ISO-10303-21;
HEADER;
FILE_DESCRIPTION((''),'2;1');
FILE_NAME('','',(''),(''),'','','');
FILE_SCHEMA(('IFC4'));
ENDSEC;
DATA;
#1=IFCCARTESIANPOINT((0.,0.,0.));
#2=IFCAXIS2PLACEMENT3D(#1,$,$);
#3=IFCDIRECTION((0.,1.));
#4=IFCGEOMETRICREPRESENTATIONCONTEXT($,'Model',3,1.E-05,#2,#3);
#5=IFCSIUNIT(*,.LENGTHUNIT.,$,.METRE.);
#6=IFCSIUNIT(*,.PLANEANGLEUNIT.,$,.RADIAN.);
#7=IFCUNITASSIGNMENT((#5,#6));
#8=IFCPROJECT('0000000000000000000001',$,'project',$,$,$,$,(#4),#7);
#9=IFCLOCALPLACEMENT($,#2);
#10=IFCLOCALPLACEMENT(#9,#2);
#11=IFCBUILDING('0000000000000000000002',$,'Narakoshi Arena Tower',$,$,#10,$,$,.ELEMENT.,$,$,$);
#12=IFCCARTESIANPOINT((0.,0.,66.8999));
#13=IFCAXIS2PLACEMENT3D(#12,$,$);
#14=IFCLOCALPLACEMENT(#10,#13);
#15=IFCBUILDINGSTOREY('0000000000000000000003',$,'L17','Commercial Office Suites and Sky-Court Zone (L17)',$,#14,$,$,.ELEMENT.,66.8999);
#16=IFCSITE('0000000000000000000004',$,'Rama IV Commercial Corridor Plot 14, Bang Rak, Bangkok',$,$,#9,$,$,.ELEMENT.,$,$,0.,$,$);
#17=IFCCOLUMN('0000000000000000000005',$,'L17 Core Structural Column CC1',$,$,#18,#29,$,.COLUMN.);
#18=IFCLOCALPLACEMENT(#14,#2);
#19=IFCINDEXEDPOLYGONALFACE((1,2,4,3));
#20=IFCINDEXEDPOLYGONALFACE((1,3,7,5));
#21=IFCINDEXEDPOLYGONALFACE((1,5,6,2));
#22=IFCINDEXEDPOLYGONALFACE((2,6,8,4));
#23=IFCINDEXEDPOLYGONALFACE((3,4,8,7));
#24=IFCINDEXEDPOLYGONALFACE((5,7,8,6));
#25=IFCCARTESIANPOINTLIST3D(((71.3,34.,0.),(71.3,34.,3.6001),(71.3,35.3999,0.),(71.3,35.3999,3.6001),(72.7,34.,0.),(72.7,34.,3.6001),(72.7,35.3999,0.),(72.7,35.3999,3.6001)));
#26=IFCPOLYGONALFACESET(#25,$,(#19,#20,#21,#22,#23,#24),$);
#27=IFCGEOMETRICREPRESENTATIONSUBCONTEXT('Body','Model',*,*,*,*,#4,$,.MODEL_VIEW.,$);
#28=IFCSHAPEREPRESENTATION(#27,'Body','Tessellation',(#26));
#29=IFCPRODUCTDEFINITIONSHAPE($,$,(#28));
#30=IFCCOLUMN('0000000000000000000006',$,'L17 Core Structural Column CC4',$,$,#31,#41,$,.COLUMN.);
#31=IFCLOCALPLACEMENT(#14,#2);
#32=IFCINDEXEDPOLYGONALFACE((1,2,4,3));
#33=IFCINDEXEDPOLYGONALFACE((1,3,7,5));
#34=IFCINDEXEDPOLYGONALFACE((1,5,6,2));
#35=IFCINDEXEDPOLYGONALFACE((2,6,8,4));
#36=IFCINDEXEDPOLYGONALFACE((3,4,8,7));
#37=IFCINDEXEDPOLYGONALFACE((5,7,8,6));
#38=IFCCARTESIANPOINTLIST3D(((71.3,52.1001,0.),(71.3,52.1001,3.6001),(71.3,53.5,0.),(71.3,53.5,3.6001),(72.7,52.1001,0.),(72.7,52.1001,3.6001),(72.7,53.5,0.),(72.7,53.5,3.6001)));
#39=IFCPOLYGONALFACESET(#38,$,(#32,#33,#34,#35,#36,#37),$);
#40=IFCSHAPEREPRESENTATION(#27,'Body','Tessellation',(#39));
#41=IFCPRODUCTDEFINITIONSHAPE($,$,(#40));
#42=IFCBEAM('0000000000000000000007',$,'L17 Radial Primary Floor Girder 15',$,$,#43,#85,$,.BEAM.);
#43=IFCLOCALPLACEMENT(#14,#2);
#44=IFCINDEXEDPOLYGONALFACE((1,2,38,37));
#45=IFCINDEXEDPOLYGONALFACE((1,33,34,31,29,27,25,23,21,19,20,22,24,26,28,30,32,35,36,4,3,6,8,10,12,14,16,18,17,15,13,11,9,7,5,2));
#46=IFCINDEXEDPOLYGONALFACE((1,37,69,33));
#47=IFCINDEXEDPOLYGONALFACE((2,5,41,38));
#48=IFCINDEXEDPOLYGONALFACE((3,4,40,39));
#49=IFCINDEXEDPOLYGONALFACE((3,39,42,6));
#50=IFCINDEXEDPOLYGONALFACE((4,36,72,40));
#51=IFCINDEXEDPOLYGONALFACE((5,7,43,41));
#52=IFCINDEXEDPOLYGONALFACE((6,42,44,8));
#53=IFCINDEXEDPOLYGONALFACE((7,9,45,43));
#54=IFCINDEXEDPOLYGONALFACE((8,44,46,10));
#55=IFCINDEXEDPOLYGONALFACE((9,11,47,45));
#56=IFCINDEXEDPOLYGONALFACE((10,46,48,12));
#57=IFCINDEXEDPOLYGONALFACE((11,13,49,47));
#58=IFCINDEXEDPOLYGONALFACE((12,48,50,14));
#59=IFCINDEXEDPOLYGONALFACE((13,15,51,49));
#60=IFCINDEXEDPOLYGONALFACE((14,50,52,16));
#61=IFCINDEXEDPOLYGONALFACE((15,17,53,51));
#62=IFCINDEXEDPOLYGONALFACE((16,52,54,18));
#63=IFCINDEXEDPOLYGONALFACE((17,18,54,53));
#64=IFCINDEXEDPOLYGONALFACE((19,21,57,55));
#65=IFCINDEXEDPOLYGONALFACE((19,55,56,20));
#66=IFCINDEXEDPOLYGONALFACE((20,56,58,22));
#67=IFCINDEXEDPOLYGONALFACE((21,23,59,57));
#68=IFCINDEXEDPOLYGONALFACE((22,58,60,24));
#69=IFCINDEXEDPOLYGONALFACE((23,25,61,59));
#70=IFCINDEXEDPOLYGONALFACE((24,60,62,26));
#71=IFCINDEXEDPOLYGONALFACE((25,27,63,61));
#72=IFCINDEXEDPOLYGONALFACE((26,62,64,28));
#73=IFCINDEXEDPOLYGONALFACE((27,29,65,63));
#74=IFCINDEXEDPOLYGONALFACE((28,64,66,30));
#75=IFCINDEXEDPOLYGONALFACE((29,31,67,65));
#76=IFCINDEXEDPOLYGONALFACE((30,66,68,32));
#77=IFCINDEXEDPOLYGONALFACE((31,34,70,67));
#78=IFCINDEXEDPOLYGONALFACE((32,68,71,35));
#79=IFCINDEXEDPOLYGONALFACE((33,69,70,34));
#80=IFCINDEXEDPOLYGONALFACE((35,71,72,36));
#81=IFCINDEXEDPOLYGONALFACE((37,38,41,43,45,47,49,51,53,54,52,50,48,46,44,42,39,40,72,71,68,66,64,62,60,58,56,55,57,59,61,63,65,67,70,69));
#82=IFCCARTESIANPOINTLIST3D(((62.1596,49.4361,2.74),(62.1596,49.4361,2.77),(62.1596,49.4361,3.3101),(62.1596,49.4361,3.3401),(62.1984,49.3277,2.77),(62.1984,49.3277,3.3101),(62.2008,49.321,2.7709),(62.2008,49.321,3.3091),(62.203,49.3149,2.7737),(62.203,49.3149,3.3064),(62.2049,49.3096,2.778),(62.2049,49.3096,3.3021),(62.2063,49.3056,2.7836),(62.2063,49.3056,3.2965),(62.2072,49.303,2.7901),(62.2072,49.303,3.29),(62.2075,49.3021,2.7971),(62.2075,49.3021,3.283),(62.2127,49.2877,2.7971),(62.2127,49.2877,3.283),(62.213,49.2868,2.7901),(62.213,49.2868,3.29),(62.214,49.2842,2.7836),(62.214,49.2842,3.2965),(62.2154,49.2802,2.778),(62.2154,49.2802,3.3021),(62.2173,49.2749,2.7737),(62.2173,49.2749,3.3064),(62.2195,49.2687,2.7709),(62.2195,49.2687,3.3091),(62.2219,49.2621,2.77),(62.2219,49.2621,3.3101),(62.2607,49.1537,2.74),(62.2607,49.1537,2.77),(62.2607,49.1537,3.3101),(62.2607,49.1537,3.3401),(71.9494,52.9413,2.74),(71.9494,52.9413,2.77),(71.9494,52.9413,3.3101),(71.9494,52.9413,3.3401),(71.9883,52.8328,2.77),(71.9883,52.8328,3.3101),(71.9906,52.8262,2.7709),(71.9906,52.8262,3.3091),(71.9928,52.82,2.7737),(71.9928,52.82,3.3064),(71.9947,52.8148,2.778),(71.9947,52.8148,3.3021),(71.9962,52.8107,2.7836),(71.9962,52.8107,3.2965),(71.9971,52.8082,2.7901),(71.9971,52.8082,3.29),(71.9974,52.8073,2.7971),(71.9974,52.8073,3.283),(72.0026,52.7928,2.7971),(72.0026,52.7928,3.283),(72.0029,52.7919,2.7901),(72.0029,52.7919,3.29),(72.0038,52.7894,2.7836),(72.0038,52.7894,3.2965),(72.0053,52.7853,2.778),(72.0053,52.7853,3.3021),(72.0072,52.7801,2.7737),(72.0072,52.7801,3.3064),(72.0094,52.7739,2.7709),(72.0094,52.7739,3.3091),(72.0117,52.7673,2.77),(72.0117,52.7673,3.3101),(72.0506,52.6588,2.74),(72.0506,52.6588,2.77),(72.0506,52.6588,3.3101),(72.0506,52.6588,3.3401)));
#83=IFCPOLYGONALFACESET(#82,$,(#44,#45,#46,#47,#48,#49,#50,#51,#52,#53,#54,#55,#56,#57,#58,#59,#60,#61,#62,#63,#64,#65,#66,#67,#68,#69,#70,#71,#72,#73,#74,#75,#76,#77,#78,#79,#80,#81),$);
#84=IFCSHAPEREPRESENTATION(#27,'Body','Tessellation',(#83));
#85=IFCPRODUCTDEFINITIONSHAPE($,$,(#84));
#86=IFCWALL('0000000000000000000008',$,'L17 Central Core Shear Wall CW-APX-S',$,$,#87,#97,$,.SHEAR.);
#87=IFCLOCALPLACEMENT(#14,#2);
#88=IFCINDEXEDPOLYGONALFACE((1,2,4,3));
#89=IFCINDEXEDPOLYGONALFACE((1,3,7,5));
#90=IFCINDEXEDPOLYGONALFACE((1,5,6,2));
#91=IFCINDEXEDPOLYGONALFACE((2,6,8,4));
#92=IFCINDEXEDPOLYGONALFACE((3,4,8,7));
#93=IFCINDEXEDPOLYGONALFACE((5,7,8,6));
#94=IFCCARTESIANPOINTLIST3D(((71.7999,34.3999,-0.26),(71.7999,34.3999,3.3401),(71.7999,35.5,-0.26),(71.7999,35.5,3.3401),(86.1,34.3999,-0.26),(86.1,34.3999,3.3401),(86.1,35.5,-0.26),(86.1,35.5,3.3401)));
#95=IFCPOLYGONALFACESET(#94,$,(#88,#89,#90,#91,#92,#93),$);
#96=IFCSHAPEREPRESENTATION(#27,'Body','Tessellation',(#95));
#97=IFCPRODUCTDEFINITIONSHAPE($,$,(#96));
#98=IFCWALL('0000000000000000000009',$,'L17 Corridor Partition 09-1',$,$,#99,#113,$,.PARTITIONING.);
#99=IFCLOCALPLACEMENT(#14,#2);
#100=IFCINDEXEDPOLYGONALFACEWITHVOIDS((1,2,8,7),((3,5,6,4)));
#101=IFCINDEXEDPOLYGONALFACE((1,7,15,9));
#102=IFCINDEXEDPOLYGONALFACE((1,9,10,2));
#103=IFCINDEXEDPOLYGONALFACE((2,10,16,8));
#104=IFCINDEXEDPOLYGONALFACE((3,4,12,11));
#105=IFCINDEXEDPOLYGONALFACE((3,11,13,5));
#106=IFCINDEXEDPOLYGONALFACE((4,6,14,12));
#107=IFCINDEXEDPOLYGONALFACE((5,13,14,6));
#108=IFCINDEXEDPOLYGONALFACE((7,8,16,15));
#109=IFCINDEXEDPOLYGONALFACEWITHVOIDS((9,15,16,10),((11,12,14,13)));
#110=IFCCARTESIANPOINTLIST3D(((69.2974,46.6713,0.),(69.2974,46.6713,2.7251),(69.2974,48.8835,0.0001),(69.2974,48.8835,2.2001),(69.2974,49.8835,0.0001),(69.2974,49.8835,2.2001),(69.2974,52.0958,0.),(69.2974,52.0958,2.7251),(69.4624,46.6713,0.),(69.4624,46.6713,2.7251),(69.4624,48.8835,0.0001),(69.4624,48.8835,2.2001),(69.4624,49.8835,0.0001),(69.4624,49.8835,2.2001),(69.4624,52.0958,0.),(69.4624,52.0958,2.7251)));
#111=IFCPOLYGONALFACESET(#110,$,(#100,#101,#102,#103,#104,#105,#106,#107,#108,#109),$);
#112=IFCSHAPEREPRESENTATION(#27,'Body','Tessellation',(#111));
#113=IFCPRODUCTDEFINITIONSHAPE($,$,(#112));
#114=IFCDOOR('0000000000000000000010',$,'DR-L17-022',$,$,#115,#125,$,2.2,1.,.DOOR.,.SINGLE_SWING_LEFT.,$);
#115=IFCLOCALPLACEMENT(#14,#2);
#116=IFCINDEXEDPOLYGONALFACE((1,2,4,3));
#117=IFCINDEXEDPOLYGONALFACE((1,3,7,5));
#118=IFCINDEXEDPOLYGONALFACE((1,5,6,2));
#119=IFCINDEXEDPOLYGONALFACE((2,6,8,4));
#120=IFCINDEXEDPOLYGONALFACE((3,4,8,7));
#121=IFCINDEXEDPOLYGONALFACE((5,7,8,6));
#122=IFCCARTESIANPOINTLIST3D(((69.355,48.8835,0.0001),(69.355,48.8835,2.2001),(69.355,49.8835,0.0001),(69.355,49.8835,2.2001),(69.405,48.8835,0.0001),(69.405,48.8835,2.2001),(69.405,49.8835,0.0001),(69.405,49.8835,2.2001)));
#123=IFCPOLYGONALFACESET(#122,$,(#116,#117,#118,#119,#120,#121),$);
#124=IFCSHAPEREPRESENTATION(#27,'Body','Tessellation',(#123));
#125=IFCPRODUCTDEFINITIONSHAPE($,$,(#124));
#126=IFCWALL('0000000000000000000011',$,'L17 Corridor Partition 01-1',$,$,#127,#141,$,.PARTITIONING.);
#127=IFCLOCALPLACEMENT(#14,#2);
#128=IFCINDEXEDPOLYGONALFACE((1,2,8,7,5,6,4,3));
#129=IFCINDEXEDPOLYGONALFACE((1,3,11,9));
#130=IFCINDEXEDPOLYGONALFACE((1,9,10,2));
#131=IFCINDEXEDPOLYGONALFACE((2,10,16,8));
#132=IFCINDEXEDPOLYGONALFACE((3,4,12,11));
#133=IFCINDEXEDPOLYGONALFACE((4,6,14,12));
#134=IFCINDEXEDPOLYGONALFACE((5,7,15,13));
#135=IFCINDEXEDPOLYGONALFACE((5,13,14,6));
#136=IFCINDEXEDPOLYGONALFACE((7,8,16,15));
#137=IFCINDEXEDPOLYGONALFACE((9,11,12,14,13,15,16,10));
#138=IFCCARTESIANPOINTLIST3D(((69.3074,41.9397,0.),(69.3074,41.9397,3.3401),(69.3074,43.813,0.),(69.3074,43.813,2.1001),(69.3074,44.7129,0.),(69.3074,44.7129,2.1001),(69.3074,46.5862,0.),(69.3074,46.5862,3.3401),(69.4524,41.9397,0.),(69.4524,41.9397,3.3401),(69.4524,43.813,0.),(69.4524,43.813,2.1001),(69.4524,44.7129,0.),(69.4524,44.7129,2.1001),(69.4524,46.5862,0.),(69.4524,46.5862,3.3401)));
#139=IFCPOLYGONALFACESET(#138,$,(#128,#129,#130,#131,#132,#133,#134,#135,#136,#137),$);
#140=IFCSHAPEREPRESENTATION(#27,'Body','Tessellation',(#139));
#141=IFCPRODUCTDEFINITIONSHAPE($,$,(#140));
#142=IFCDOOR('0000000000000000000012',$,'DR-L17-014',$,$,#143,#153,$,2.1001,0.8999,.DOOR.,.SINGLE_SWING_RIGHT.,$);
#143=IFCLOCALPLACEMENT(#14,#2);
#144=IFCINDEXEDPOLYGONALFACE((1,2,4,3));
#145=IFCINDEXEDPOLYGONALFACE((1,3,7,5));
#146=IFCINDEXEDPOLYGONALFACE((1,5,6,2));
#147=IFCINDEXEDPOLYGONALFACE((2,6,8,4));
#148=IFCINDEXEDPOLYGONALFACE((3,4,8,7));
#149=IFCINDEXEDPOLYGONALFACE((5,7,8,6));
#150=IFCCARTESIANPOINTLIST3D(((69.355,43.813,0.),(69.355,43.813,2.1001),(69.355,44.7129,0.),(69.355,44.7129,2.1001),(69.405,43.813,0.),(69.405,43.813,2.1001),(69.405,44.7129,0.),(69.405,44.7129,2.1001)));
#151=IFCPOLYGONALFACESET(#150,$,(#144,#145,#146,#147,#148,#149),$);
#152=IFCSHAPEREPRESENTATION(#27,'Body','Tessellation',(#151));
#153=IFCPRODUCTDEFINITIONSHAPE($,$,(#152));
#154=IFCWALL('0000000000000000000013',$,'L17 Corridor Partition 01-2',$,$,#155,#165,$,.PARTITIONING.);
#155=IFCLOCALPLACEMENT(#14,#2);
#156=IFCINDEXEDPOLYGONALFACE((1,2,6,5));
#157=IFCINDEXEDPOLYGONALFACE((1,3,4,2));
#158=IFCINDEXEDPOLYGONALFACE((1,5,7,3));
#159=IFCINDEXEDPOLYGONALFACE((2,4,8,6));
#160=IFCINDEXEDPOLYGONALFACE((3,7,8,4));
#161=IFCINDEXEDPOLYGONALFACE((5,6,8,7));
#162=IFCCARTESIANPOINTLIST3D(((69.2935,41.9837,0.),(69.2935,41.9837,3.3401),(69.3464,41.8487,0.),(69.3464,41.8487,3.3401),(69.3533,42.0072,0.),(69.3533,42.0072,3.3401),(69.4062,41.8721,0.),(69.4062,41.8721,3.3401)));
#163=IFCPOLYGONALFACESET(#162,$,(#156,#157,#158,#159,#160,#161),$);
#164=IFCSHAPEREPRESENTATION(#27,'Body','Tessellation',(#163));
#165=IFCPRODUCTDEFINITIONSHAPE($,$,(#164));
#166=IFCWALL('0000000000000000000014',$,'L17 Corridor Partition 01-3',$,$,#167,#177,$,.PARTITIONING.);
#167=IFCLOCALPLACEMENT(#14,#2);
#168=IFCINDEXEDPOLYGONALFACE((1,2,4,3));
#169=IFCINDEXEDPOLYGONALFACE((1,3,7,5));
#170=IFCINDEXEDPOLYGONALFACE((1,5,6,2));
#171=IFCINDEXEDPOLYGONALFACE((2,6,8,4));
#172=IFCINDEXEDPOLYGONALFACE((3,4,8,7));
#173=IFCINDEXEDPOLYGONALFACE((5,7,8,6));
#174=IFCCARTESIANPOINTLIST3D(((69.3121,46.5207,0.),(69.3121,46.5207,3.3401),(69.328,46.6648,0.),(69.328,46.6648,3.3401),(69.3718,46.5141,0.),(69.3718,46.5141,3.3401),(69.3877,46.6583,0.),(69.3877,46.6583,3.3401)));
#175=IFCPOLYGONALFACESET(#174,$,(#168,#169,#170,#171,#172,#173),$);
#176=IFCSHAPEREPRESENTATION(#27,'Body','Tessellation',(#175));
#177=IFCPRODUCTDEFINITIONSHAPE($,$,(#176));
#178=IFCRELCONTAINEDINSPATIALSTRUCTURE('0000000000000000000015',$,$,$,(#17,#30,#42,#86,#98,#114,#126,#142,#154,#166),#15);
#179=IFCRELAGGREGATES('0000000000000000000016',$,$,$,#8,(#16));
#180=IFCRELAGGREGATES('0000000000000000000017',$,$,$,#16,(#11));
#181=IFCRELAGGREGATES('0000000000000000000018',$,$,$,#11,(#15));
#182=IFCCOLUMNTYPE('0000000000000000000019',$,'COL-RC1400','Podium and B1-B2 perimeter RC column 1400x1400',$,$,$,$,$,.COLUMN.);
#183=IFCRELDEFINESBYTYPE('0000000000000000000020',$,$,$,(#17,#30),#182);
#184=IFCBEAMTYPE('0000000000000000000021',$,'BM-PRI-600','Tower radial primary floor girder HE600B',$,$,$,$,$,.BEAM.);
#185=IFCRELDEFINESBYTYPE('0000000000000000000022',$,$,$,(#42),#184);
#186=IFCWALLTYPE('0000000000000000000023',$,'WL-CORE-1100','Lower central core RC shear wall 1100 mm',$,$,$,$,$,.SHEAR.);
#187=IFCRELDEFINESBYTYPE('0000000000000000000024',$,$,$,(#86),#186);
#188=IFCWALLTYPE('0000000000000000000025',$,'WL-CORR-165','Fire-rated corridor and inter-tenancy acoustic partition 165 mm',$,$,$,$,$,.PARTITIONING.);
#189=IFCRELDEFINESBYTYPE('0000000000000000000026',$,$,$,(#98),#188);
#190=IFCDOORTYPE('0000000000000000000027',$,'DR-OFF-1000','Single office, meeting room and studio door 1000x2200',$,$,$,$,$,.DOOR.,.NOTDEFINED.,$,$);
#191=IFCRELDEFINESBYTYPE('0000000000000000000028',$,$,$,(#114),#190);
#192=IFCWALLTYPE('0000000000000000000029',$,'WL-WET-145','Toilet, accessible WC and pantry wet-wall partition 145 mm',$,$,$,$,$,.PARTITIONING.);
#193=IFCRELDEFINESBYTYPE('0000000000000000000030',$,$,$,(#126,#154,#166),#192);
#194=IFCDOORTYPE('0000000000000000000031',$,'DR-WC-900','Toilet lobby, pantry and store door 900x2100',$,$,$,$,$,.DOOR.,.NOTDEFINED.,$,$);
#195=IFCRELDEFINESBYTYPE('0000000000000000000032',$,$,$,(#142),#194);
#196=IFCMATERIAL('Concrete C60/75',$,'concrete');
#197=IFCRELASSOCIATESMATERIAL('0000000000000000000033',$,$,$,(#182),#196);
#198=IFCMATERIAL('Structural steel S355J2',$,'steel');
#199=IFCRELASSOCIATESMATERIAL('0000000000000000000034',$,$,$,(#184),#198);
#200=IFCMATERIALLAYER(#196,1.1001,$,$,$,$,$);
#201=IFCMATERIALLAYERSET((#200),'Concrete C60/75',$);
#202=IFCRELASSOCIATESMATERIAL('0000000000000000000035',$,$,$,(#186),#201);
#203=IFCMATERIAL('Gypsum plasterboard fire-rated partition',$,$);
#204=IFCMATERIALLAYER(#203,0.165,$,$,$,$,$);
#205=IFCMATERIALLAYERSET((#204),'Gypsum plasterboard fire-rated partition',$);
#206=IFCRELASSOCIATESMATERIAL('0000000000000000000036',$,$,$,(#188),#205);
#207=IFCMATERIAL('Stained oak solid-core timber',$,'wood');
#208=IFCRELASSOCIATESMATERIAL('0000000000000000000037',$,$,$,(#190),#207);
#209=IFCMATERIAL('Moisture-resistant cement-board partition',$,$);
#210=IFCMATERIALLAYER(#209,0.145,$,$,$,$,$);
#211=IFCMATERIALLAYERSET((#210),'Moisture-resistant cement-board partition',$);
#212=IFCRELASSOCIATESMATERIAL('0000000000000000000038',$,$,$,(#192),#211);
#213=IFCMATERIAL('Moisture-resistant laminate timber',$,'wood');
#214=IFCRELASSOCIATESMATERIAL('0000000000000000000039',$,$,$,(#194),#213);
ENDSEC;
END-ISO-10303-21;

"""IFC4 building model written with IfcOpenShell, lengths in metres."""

from ifc_helpers import new_model, si_unit, direction, frame, frame_2d, origin, origin_2d, place, context, subcontext, project, spatial, rectangle, i_section, extrude, material, layer, layer_set, material_profile, profile_set, type_object, element, fill, save


model = new_model("IFC4")

# Units and contexts
model_context = context("Model", 3, precision=1e-05, world=origin(), true_north=direction((0.0, 1.0)))
body_context = subcontext(model_context, "Body", "Model", "MODEL_VIEW")
ifc_project = project(units=[si_unit("LENGTHUNIT", "METRE"), si_unit("PLANEANGLEUNIT", "RADIAN")], contexts=[model_context])

# Site, building, storey
site_placement = place(None, origin())
site = spatial("IfcSite", under=ifc_project, at=site_placement, Name="Rama IV Commercial Corridor Plot 14, Bang Rak, Bangkok", CompositionType="ELEMENT", RefElevation=0.0)
building_placement = place(site_placement, origin())
building = spatial("IfcBuilding", under=site, at=building_placement, Name="Narakoshi Arena Tower", CompositionType="ELEMENT")
storey_placement = place(building_placement, frame((0.0, 0.0, 66.8999)))
storey = spatial("IfcBuildingStorey", under=building, at=storey_placement, Name="L17", Description="Commercial Office Suites and Sky-Court Zone (L17)", CompositionType="ELEMENT", Elevation=66.8999)

# Columns
ifc_material_1 = material(Name="Concrete C60/75", Category="concrete")
ifc_material_profile_1 = material_profile(ifc_material_1, rectangle(XDim=1.3999, YDim=1.3999, at=origin_2d()), Name="RC1400x1400")
ifc_profile_set_1 = profile_set([ifc_material_profile_1], Name="Concrete C60/75")
column_type = type_object("IfcColumnType", Name="COL-RC1400", Description="Podium and B1-B2 perimeter RC column 1400x1400", PredefinedType="COLUMN", material=ifc_profile_set_1)
for number, where, z_axis, x_axis, name in (
    (1, (72.0, 34.7, 0.0), (0.0, 0.0, 1.0), (1.0, 0.0, 0.0), "L17 Core Structural Column CC1"),
    (2, (72.0, 52.8, 0.0), (0.0, 0.0, 1.0), (1.0, 0.0, 0.0), "L17 Core Structural Column CC4"),
):
    element("IfcColumn", number, at=place(storey_placement, frame(where, z_axis=z_axis, x_axis=x_axis)), inside=storey, type_object=column_type, Name=name, PredefinedType="COLUMN", context=body_context, shape_type="SweptSolid", body=[
        extrude(rectangle(XDim=1.3999, YDim=1.3999, at=origin_2d()), origin(), (0.0, 0.0, 1.0), 3.6001),
    ])

# Beam
ifc_material_2 = material(Name="Structural steel S355J2", Category="steel")
ifc_material_profile_2 = material_profile(ifc_material_2, i_section(OverallWidth=0.3, OverallDepth=0.6001, WebThickness=0.0154, FlangeThickness=0.03, FilletRadius=0.0271, at=origin_2d()), Name="HE600B")
ifc_profile_set_2 = profile_set([ifc_material_profile_2], Name="Structural steel S355J2")
beam_type = type_object("IfcBeamType", Name="BM-PRI-600", Description="Tower radial primary floor girder HE600B", PredefinedType="BEAM", material=ifc_profile_set_2)
beam_placement = place(storey_placement, frame((72.0, 52.8, 3.04), z_axis=(-0.941474, -0.337084, 0.0), x_axis=(0.337084, -0.941474, 0.0)))
element("IfcBeam", 3, at=beam_placement, inside=storey, type_object=beam_type, Name="L17 Radial Primary Floor Girder 15", PredefinedType="BEAM", context=body_context, shape_type="SweptSolid", body=[
    extrude(i_section(OverallWidth=0.3, OverallDepth=0.6001, WebThickness=0.0154, FlangeThickness=0.03, FilletRadius=0.0271, at=origin_2d()), origin(), (0.0, 0.0, 1.0), 10.3984),
])

# Wall
ifc_layer_1 = layer(ifc_material_1, 1.1001)
ifc_layer_set_1 = layer_set([ifc_layer_1], Name="Concrete C60/75")
wall_type_1 = type_object("IfcWallType", Name="WL-CORE-1100", Description="Lower central core RC shear wall 1100 mm", PredefinedType="SHEAR", material=ifc_layer_set_1)
wall_1_placement = place(storey_placement, frame((71.8, 34.95, -0.26), z_axis=(0.0, 0.0, 1.0), x_axis=(1.0, 0.0, 0.0)))
element("IfcWall", 4, at=wall_1_placement, inside=storey, type_object=wall_type_1, Name="L17 Central Core Shear Wall CW-APX-S", PredefinedType="SHEAR", context=body_context, shape_type="SweptSolid", body=[
    extrude(rectangle(XDim=14.3, YDim=1.1001, at=frame_2d((7.1499, 0.0))), origin(), (0.0, 0.0, 1.0), 3.6001),
])

# Walls, openings, doors
ifc_material_3 = material(Name="Gypsum plasterboard fire-rated partition")
ifc_layer_2 = layer(ifc_material_3, 0.165)
ifc_layer_set_2 = layer_set([ifc_layer_2], Name="Gypsum plasterboard fire-rated partition")
wall_type_2 = type_object("IfcWallType", Name="WL-CORR-165", Description="Fire-rated corridor and inter-tenancy acoustic partition 165 mm", PredefinedType="PARTITIONING", material=ifc_layer_set_2)
wall_2_placement = place(storey_placement, frame((69.3799, 52.0959, 0.0), z_axis=(0.0, 0.0, 1.0), x_axis=(0.0, -1.0, 0.0)))
wall_2 = element("IfcWall", 5, at=wall_2_placement, inside=storey, type_object=wall_type_2, Name="L17 Corridor Partition 09-1", PredefinedType="PARTITIONING", context=body_context, shape_type="SweptSolid", body=[
    extrude(rectangle(XDim=5.4246, YDim=0.165, at=frame_2d((2.7124, 0.0))), origin(), (0.0, 0.0, 1.0), 2.7251),
])
opening_1_placement = place(wall_2_placement, frame((2.2124, 0.0, 0.0)))
opening_1 = element("IfcOpeningElement", 6, at=opening_1_placement, cuts=wall_2, PredefinedType="OPENING", context=body_context, shape_type="SweptSolid", body=[
    extrude(rectangle(XDim=1.0, YDim=2.2, at=frame_2d((0.5, 1.1001))), frame((0.0, 0.0925, 0.0), z_axis=(0.0, -1.0, 0.0), x_axis=(1.0, 0.0, 0.0)), (0.0, 0.0, 1.0), 0.1851),
])
ifc_material_4 = material(Name="Stained oak solid-core timber", Category="wood")
door_type_1 = type_object("IfcDoorType", Name="DR-OFF-1000", Description="Single office, meeting room and studio door 1000x2200", OperationType="NOTDEFINED", PredefinedType="DOOR", material=ifc_material_4)
door_1_placement = place(opening_1_placement, frame((1.0, 0.0, 0.0), z_axis=(0.0, 0.0, 1.0), x_axis=(-1.0, 0.0, 0.0)))
door_1 = element("IfcDoor", 7, at=door_1_placement, inside=storey, type_object=door_type_1, Name="DR-L17-022", OperationType="SINGLE_SWING_LEFT", OverallHeight=2.2, OverallWidth=1.0, PredefinedType="DOOR", context=body_context, shape_type="SweptSolid", body=[
    extrude(rectangle(XDim=1.0, YDim=2.2, at=frame_2d((0.5, 1.1001))), frame((0.0, 0.0249, 0.0), z_axis=(0.0, -1.0, 0.0), x_axis=(1.0, 0.0, 0.0)), (0.0, 0.0, 1.0), 0.05),
])
fill(opening_1, door_1)
ifc_material_5 = material(Name="Moisture-resistant cement-board partition")
ifc_layer_3 = layer(ifc_material_5, 0.145)
ifc_layer_set_3 = layer_set([ifc_layer_3], Name="Moisture-resistant cement-board partition")
wall_type_3 = type_object("IfcWallType", Name="WL-WET-145", Description="Toilet, accessible WC and pantry wet-wall partition 145 mm", PredefinedType="PARTITIONING", material=ifc_layer_set_3)
wall_3_placement = place(storey_placement, frame((69.3799, 46.5862, 0.0), z_axis=(0.0, 0.0, 1.0), x_axis=(0.0, -1.0, 0.0)))
wall_3 = element("IfcWall", 8, at=wall_3_placement, inside=storey, type_object=wall_type_3, Name="L17 Corridor Partition 01-1", PredefinedType="PARTITIONING", context=body_context, shape_type="SweptSolid", body=[
    extrude(rectangle(XDim=4.6465, YDim=0.145, at=frame_2d((2.3232, 0.0))), origin(), (0.0, 0.0, 1.0), 3.3401),
])
opening_2_placement = place(wall_3_placement, frame((1.8733, 0.0, 0.0)))
opening_2 = element("IfcOpeningElement", 9, at=opening_2_placement, cuts=wall_3, PredefinedType="OPENING", context=body_context, shape_type="SweptSolid", body=[
    extrude(rectangle(XDim=0.8999, YDim=2.1001, at=frame_2d((0.45, 1.05))), frame((0.0, 0.0825, 0.0), z_axis=(0.0, -1.0, 0.0), x_axis=(1.0, 0.0, 0.0)), (0.0, 0.0, 1.0), 0.165),
])
ifc_material_6 = material(Name="Moisture-resistant laminate timber", Category="wood")
door_type_2 = type_object("IfcDoorType", Name="DR-WC-900", Description="Toilet lobby, pantry and store door 900x2100", OperationType="NOTDEFINED", PredefinedType="DOOR", material=ifc_material_6)
door_2_placement = place(opening_2_placement, frame((0.8999, 0.0, 0.0), z_axis=(0.0, 0.0, 1.0), x_axis=(-1.0, 0.0, 0.0)))
door_2 = element("IfcDoor", 10, at=door_2_placement, inside=storey, type_object=door_type_2, Name="DR-L17-014", OperationType="SINGLE_SWING_RIGHT", OverallHeight=2.1001, OverallWidth=0.8999, PredefinedType="DOOR", context=body_context, shape_type="SweptSolid", body=[
    extrude(rectangle(XDim=0.8999, YDim=2.1001, at=frame_2d((0.45, 1.05))), frame((0.0, 0.0249, 0.0), z_axis=(0.0, -1.0, 0.0), x_axis=(1.0, 0.0, 0.0)), (0.0, 0.0, 1.0), 0.05),
])
fill(opening_2, door_2)

# Walls
wall_4_placement = place(storey_placement, frame((69.3799, 41.9397, 0.0), z_axis=(0.0, 0.0, 1.0), x_axis=(-0.931074, -0.364829, 0.0)))
element("IfcWall", 11, at=wall_4_placement, inside=storey, type_object=wall_type_3, Name="L17 Corridor Partition 01-2", PredefinedType="PARTITIONING", context=body_context, shape_type="SweptSolid", body=[
    extrude(rectangle(XDim=0.0642, YDim=0.145, at=frame_2d((0.0322, 0.0))), origin(), (0.0, 0.0, 1.0), 3.3401),
])
wall_5_placement = place(storey_placement, frame((69.3201, 46.5928, 0.0), z_axis=(0.0, 0.0, 1.0), x_axis=(0.993982, -0.109541, 0.0)))
element("IfcWall", 12, at=wall_5_placement, inside=storey, type_object=wall_type_3, Name="L17 Corridor Partition 01-3", PredefinedType="PARTITIONING", context=body_context, shape_type="SweptSolid", body=[
    extrude(rectangle(XDim=0.0601, YDim=0.145, at=frame_2d((0.03, 0.0))), origin(), (0.0, 0.0, 1.0), 3.3401),
])

save(model, "model.ifc")
